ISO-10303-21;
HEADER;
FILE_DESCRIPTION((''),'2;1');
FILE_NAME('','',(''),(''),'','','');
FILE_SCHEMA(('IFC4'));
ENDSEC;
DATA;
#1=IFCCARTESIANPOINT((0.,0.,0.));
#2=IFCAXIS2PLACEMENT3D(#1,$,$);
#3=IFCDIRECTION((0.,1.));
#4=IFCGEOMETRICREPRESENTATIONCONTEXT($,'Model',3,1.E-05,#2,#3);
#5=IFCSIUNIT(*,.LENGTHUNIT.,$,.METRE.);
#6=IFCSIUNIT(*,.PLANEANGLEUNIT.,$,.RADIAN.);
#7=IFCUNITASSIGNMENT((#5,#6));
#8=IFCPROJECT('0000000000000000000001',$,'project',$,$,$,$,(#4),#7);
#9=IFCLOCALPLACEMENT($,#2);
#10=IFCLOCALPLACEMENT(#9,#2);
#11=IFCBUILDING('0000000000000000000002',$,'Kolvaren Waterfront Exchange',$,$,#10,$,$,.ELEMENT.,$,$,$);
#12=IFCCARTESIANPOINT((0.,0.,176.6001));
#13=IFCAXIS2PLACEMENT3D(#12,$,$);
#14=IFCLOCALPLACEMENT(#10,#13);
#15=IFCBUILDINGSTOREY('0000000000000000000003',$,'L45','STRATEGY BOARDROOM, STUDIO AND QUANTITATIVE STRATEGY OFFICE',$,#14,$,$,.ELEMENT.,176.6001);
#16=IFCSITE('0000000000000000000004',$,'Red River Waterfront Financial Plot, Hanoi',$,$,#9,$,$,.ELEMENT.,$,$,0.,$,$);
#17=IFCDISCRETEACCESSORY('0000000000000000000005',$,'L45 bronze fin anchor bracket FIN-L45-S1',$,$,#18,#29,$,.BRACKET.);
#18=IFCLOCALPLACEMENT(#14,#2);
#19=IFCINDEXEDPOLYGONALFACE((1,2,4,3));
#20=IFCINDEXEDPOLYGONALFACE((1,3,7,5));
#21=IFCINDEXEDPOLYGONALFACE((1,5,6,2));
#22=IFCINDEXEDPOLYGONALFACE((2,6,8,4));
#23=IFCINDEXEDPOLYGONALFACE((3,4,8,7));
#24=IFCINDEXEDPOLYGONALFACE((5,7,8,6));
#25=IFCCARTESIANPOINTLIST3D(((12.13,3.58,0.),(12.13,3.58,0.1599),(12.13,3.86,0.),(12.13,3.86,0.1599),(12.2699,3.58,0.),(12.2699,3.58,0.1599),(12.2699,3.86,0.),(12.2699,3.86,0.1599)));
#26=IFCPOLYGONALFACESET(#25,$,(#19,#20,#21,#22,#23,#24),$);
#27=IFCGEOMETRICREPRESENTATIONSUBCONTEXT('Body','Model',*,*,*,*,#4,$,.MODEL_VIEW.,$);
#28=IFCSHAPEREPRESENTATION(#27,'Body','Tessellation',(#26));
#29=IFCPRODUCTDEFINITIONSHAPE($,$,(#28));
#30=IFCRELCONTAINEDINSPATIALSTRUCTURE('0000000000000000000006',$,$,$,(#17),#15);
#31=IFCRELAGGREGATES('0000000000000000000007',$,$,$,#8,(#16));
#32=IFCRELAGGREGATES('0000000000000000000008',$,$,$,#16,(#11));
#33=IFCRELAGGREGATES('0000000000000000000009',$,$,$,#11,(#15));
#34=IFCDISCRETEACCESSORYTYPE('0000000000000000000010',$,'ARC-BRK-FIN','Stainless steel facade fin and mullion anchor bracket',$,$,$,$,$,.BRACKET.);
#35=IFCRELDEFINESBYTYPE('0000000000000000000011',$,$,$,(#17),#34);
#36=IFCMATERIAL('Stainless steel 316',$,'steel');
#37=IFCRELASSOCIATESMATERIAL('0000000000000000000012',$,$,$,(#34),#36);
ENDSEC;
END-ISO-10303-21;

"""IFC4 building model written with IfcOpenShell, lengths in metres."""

from ifc_helpers import new_model, si_unit, direction, frame, origin, origin_with_axes, origin_2d, place, context, subcontext, project, spatial, rectangle, extrude, source, transform, mapped, material, type_object, element, save


model = new_model("IFC4")

# Units and contexts
model_context = context("Model", 3, precision=1e-05, world=origin(), true_north=direction((0.0, 1.0)))
body_context = subcontext(model_context, "Body", "Model", "MODEL_VIEW")
ifc_project = project(units=[si_unit("LENGTHUNIT", "METRE"), si_unit("PLANEANGLEUNIT", "RADIAN")], contexts=[model_context])

# Site, building, storey
site_placement = place(None, origin())
site = spatial("IfcSite", under=ifc_project, at=site_placement, Name="Red River Waterfront Financial Plot, Hanoi", CompositionType="ELEMENT", RefElevation=0.0)
building_placement = place(site_placement, origin())
building = spatial("IfcBuilding", under=site, at=building_placement, Name="Kolvaren Waterfront Exchange", CompositionType="ELEMENT")
storey_placement = place(building_placement, frame((0.0, 0.0, 176.6001)))
storey = spatial("IfcBuildingStorey", under=building, at=storey_placement, Name="L45", Description="STRATEGY BOARDROOM, STUDIO AND QUANTITATIVE STRATEGY OFFICE", CompositionType="ELEMENT", Elevation=176.6001)

# Shared definitions
ifc_material_1 = material(Name="Stainless steel 316", Category="steel")

# Discrete accessory
discrete_accessory_type = type_object("IfcDiscreteAccessoryType", Name="ARC-BRK-FIN", Description="Stainless steel facade fin and mullion anchor bracket", PredefinedType="BRACKET", material=ifc_material_1)
shared_shape_1 = source(origin_with_axes(), body_context, "Body", "SweptSolid", [
    extrude(rectangle(XDim=0.28, YDim=0.1399, at=origin_2d()), origin(), (0.0, 0.0, 1.0), 0.1599),
])
discrete_accessory_placement = place(storey_placement, frame((12.2, 3.72, 0.0), z_axis=(0.0, 0.0, 1.0), x_axis=(0.0, -1.0, 0.0)))
element("IfcDiscreteAccessory", 1, at=discrete_accessory_placement, inside=storey, type_object=discrete_accessory_type, Name="L45 bronze fin anchor bracket FIN-L45-S1", PredefinedType="BRACKET", context=body_context, shape_type="MappedRepresentation", body=[
    mapped(shared_shape_1, transform((0.0, 0.0, 0.0), x_axis=(1.0, 0.0, 0.0), y_axis=(0.0, 1.0, 0.0), z_axis=(0.0, 0.0, 1.0), scale=1.0)),
])

save(model, "model.ifc")
